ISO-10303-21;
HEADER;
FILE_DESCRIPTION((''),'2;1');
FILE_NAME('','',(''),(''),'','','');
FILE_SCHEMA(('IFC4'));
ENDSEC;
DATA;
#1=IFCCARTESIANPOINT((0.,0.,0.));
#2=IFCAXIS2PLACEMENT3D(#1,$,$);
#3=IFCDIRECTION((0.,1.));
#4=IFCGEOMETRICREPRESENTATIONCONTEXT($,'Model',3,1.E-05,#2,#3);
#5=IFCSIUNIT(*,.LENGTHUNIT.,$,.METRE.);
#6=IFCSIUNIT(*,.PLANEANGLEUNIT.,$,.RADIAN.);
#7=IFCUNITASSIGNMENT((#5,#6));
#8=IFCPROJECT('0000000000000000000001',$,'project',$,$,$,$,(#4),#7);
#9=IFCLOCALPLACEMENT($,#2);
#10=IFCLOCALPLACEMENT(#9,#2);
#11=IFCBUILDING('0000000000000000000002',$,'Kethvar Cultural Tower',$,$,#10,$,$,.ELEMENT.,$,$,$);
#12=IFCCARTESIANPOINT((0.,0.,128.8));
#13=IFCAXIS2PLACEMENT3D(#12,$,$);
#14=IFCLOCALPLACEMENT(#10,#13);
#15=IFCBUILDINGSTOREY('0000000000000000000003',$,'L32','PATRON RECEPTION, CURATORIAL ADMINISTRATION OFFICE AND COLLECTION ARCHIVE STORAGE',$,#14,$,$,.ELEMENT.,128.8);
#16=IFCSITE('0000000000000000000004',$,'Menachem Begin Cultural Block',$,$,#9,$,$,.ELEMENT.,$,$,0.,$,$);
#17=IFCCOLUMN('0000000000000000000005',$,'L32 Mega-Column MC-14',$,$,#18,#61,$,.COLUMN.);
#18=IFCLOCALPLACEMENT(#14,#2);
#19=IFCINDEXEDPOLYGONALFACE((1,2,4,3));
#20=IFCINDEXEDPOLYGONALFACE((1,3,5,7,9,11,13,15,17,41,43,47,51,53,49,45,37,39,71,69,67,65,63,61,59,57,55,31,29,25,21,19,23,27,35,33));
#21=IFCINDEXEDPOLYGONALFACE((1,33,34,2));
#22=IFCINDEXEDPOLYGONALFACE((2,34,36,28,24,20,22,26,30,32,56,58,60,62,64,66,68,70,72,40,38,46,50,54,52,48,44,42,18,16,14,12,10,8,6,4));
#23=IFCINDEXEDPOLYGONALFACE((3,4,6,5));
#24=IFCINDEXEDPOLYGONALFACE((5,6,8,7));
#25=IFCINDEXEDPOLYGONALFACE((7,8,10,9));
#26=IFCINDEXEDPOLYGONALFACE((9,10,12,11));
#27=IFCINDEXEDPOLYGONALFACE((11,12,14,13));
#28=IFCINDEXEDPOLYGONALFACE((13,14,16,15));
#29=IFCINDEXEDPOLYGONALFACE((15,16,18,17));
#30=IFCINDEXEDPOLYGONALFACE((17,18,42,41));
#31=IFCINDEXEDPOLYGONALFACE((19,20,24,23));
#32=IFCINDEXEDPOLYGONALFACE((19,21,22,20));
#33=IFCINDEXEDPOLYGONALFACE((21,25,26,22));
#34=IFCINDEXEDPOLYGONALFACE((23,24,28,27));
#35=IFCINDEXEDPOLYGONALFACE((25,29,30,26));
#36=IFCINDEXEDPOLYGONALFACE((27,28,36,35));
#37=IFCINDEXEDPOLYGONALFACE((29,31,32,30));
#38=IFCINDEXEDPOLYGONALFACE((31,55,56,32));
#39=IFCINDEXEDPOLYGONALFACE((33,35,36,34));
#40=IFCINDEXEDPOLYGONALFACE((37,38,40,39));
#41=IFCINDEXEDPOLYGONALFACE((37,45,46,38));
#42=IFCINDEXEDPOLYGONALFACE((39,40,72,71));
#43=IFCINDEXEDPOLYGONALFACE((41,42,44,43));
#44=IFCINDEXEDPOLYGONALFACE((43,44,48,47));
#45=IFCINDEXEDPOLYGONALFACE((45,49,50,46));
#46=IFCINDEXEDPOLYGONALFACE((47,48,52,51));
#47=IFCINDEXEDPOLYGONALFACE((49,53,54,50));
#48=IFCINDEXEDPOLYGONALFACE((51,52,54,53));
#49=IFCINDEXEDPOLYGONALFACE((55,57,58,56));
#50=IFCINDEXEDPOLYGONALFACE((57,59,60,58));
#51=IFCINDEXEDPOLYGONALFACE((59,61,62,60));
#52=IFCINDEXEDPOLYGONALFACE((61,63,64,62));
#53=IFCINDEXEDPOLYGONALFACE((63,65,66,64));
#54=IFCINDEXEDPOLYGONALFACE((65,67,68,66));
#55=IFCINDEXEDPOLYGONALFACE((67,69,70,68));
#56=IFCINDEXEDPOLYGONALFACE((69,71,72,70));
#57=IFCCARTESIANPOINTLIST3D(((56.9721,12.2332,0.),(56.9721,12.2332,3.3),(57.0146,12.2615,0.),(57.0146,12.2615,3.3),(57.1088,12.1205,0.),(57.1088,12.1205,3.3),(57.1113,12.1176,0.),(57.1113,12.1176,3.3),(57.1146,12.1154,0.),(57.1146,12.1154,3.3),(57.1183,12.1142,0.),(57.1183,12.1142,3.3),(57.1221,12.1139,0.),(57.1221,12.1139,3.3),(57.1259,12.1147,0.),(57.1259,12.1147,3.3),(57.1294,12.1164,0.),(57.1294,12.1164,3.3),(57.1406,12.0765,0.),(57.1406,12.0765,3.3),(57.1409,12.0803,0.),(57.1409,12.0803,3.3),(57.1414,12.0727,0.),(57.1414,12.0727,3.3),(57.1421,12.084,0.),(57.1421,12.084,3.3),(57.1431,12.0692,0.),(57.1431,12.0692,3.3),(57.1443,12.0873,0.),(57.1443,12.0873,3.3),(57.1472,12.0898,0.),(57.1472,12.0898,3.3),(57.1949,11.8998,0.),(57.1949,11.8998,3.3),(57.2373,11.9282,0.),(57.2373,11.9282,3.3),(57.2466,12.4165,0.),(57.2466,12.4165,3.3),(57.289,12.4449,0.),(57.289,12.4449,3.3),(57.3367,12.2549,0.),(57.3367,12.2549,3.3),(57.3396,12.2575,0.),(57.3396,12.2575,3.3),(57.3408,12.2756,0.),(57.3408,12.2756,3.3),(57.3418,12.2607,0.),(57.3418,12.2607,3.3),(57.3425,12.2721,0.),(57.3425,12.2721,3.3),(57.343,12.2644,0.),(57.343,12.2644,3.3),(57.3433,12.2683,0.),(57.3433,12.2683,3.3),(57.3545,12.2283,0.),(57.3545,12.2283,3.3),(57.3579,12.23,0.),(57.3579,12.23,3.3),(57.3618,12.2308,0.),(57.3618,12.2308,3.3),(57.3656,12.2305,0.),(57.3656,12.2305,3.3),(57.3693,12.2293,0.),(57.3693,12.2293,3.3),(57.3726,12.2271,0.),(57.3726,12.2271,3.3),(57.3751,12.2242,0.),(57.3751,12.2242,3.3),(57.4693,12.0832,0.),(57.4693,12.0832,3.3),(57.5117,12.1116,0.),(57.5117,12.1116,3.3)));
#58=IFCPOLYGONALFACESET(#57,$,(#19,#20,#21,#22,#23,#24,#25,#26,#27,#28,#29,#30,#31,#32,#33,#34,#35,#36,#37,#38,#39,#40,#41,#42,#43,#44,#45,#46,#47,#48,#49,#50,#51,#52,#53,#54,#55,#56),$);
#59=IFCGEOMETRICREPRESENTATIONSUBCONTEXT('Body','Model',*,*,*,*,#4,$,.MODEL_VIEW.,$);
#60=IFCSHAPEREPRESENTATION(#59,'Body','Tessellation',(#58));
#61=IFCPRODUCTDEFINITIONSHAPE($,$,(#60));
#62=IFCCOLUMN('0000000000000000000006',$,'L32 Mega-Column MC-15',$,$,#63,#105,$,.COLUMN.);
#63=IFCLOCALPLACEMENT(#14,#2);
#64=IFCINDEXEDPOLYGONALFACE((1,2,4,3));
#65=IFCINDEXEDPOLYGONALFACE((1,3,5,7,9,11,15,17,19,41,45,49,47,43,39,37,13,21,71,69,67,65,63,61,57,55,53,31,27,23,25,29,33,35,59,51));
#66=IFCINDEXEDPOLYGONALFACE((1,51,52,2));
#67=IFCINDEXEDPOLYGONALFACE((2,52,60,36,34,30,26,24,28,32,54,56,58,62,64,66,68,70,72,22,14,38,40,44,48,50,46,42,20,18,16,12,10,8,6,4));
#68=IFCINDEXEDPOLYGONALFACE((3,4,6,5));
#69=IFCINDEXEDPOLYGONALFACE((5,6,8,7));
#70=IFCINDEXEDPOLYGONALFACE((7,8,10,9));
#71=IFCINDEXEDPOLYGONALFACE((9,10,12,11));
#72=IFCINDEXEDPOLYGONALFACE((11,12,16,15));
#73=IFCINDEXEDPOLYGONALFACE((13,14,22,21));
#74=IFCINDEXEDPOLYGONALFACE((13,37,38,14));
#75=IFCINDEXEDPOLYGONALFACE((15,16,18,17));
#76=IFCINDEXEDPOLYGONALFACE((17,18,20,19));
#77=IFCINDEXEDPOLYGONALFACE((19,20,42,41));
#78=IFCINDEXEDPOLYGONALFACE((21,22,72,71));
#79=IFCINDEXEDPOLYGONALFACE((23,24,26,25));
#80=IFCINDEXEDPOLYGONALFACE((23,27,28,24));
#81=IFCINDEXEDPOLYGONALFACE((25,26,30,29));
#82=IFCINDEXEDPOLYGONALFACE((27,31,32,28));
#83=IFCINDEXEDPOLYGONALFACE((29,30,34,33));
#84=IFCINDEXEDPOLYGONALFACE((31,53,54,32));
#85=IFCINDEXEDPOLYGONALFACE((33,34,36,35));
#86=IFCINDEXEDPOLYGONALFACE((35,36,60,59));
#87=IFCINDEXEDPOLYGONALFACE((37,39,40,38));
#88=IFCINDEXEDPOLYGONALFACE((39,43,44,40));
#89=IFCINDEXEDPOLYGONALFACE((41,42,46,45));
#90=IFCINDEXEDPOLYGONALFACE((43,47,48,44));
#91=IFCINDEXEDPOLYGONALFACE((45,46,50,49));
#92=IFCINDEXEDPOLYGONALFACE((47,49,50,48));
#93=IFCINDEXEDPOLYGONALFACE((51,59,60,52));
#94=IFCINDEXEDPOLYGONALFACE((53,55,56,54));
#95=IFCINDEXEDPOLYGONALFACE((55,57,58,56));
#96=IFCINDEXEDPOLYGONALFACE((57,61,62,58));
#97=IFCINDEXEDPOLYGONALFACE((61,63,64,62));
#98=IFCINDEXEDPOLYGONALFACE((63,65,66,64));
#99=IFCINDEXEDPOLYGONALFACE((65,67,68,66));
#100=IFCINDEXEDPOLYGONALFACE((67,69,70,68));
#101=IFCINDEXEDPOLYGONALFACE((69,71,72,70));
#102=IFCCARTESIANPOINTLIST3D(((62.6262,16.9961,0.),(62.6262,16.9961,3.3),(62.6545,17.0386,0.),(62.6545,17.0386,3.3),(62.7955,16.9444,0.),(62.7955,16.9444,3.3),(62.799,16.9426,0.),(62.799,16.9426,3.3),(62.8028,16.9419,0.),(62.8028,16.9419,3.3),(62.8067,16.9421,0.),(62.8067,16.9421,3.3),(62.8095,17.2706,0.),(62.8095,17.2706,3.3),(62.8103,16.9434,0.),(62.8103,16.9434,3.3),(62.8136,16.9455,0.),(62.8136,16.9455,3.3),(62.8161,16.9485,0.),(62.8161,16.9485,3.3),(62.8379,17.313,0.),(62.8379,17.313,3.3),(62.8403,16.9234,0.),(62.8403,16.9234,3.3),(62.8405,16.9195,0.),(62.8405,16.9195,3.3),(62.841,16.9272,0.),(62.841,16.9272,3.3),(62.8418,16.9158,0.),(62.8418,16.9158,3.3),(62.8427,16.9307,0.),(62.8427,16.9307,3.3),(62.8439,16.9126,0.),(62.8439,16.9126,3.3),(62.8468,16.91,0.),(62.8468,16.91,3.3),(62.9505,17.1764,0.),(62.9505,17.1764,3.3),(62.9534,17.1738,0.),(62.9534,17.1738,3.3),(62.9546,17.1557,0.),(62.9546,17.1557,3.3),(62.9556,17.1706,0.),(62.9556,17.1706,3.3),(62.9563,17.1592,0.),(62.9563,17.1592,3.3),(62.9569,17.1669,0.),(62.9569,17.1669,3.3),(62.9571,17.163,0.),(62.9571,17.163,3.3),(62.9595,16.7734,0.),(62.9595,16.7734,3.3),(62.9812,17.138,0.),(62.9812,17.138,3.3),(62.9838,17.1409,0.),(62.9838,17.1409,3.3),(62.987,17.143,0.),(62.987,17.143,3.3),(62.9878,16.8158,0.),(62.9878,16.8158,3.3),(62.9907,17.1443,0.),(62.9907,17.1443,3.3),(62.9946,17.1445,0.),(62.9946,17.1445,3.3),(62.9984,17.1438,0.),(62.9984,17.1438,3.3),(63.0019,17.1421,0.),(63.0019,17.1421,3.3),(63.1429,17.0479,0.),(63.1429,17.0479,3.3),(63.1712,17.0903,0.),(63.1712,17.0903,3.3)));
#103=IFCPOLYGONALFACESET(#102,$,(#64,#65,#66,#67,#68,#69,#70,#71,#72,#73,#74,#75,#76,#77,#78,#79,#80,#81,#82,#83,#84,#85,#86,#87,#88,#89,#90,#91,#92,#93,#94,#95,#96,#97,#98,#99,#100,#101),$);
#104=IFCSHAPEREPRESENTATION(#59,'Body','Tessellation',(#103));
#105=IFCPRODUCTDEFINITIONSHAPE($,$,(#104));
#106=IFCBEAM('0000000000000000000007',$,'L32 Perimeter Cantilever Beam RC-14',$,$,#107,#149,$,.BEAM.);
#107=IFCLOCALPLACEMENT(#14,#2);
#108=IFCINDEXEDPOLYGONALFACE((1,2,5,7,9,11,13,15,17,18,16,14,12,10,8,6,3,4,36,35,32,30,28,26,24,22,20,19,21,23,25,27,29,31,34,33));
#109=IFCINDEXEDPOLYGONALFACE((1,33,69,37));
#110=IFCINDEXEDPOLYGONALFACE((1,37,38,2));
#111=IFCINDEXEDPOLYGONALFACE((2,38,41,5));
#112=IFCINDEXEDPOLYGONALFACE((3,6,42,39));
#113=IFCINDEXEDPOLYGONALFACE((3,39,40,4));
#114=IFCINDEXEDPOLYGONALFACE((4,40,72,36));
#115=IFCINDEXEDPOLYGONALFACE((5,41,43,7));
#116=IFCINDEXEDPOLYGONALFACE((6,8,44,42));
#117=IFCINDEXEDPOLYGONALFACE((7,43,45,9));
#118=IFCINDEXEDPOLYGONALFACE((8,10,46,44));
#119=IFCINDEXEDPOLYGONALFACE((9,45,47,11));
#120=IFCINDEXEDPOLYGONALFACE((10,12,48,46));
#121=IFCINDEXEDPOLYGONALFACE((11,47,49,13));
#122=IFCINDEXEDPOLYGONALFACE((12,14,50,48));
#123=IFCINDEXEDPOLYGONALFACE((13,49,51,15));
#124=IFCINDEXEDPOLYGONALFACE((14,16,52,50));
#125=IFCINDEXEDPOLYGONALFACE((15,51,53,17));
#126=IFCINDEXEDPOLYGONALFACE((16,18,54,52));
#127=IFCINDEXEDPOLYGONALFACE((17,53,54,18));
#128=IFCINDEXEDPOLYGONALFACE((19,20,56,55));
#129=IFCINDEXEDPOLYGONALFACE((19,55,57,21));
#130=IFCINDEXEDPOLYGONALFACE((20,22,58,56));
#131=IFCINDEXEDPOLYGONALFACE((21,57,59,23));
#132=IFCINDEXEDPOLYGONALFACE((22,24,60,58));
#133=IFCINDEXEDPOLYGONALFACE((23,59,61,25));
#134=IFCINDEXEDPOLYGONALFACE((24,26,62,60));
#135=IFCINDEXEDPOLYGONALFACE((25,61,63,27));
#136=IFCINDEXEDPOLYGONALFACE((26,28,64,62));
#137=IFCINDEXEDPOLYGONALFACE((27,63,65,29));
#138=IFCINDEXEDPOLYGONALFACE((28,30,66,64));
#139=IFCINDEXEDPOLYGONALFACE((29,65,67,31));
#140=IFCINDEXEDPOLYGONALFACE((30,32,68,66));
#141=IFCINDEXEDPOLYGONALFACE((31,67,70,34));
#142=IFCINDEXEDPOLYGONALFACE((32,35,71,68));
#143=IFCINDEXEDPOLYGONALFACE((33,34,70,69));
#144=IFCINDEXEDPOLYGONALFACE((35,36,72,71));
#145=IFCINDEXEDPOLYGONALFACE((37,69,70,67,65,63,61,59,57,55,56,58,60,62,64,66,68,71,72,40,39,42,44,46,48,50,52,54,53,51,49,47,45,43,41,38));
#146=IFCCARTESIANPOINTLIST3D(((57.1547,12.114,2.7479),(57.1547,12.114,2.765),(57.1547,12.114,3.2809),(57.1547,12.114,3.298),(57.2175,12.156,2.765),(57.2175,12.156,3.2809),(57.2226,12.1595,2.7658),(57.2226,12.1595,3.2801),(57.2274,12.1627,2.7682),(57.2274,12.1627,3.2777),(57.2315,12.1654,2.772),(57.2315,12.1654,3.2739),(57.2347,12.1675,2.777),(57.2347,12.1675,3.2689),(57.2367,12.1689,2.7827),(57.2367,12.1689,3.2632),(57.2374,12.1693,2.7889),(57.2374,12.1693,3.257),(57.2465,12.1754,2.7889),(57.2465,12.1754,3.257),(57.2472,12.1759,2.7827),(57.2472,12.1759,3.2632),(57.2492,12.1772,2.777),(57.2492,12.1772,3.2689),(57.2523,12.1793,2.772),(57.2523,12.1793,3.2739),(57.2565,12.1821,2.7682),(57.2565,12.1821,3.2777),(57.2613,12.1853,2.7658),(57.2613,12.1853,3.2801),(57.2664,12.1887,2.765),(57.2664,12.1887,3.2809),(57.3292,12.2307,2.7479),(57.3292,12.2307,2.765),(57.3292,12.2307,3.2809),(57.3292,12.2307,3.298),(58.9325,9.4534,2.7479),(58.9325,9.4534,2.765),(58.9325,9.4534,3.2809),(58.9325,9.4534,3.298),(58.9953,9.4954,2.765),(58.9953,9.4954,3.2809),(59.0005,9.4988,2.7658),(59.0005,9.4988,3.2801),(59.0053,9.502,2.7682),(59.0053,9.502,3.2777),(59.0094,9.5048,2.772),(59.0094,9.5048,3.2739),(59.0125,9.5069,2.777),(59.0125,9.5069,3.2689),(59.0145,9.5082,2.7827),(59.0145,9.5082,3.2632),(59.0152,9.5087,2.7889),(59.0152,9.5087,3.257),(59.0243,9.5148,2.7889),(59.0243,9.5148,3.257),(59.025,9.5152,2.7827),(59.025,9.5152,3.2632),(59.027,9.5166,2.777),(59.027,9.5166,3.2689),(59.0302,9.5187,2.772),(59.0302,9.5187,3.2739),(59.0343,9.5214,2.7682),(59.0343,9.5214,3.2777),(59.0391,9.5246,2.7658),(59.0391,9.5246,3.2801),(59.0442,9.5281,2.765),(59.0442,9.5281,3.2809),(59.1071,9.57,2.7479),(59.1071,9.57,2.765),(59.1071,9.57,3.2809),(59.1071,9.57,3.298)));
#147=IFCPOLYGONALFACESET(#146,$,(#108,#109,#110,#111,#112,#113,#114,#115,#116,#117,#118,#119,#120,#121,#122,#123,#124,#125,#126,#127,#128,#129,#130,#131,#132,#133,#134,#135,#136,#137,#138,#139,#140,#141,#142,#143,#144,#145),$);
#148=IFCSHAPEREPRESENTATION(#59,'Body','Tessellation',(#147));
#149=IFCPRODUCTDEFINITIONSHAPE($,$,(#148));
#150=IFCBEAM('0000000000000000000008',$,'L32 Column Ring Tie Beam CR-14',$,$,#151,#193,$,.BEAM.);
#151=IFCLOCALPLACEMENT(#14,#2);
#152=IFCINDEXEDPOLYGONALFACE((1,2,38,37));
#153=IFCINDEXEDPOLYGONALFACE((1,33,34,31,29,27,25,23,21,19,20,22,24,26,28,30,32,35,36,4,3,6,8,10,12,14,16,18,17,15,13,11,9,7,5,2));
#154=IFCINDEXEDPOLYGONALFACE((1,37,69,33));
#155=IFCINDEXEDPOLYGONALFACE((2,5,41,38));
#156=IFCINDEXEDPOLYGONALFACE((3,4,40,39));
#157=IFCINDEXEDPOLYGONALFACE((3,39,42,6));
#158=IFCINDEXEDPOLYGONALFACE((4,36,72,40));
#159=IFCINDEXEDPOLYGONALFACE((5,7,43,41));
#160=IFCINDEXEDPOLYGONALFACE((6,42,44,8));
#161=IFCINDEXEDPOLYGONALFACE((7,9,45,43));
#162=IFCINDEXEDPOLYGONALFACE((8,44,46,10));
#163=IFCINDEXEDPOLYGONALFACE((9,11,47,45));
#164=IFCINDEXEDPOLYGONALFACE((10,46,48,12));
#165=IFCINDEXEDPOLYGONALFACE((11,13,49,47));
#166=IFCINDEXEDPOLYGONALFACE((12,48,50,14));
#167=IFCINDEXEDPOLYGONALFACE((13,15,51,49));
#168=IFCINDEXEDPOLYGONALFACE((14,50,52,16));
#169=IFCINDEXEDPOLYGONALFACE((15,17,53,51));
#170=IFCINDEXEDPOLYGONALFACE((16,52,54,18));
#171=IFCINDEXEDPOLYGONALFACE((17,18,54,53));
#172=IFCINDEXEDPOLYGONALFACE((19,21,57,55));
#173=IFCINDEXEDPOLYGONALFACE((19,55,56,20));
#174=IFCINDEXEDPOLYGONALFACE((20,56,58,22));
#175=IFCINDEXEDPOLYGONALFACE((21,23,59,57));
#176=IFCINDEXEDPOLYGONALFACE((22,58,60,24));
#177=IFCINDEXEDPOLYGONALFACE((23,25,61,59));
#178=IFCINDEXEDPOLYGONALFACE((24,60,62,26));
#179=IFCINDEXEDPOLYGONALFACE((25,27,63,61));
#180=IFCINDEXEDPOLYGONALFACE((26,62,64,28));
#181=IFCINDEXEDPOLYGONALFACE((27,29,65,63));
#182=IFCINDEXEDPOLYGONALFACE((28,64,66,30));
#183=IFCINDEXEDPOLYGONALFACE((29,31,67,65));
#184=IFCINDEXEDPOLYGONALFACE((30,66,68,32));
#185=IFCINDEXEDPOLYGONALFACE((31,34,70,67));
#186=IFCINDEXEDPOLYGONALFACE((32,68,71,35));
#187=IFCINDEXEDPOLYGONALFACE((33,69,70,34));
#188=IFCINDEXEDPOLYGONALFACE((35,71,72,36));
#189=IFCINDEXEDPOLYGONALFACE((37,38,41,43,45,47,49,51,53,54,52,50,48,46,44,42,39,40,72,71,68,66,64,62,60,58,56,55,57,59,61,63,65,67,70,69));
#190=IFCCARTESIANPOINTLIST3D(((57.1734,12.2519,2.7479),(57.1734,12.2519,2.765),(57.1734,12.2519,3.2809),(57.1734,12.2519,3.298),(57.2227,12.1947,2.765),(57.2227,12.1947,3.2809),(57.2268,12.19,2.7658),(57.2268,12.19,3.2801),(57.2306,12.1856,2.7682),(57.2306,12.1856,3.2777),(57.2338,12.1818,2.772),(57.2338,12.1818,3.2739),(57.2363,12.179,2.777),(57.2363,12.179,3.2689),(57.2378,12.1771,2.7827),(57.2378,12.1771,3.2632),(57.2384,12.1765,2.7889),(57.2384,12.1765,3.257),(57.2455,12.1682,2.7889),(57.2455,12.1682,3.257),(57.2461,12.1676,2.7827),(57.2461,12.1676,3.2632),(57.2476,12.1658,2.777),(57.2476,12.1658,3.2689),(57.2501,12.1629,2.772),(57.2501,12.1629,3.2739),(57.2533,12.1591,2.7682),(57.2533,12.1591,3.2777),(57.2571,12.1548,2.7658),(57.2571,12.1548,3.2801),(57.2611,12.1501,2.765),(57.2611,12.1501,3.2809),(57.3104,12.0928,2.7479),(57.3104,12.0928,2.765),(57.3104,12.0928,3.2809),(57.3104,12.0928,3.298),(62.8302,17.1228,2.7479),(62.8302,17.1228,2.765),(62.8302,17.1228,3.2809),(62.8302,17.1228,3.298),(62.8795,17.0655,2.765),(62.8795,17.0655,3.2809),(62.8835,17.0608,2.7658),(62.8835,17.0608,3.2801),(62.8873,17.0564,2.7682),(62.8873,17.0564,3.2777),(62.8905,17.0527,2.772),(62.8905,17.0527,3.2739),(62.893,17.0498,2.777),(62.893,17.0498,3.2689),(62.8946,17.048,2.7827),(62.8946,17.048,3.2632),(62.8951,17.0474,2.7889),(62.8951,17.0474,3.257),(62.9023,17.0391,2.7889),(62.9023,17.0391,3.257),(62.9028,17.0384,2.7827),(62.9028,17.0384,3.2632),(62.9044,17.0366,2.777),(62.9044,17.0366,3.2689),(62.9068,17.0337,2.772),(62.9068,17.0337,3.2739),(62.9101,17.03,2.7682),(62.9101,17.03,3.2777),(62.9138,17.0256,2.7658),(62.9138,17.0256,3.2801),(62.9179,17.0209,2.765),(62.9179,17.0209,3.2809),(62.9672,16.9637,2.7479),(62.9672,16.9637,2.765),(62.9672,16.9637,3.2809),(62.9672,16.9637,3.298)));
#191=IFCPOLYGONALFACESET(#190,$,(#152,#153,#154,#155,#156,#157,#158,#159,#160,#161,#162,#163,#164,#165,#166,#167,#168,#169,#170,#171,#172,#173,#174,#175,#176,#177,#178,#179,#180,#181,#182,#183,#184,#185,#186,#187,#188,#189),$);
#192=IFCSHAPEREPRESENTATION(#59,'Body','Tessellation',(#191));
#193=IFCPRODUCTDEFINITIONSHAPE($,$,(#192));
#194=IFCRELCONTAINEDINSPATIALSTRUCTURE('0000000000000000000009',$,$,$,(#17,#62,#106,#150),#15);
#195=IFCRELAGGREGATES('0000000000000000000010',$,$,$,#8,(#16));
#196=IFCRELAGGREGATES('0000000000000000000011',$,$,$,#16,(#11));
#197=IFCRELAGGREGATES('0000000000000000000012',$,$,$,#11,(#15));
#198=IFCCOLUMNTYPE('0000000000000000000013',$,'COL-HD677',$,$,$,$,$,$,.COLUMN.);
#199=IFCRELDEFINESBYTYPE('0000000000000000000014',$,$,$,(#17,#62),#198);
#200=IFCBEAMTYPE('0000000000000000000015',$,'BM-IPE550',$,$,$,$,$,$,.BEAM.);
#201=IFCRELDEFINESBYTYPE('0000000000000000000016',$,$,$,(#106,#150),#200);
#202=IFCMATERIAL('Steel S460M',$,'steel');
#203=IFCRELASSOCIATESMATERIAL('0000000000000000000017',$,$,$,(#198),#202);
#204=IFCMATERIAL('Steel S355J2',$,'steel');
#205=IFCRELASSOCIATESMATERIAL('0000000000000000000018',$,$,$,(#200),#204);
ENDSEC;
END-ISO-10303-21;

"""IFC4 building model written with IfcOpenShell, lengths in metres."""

from ifc_helpers import new_model, si_unit, direction, frame, origin, origin_2d, place, context, subcontext, project, spatial, i_section, extrude, source, transform, mapped, material, material_profile, profile_set, type_object, element, save


model = new_model("IFC4")

# Units and contexts
model_context = context("Model", 3, precision=1e-05, world=origin(), true_north=direction((0.0, 1.0)))
body_context = subcontext(model_context, "Body", "Model", "MODEL_VIEW")
ifc_project = project(units=[si_unit("LENGTHUNIT", "METRE"), si_unit("PLANEANGLEUNIT", "RADIAN")], contexts=[model_context])

# Site, building, storey
site_placement = place(None, origin())
site = spatial("IfcSite", under=ifc_project, at=site_placement, Name="Menachem Begin Cultural Block", CompositionType="ELEMENT", RefElevation=0.0)
building_placement = place(site_placement, origin())
building = spatial("IfcBuilding", under=site, at=building_placement, Name="Kethvar Cultural Tower", CompositionType="ELEMENT")
storey_placement = place(building_placement, frame((0.0, 0.0, 128.8)))
storey = spatial("IfcBuildingStorey", under=building, at=storey_placement, Name="L32", Description="PATRON RECEPTION, CURATORIAL ADMINISTRATION OFFICE AND COLLECTION ARCHIVE STORAGE", CompositionType="ELEMENT", Elevation=128.8)

# Columns
ifc_material_1 = material(Name="Steel S460M", Category="steel")
ifc_material_profile_1 = material_profile(ifc_material_1, i_section(OverallWidth=0.4009, OverallDepth=0.3811, WebThickness=0.032, FlangeThickness=0.051, FilletRadius=0.0149, at=origin_2d()), Name="Steel S460M — HD400x677")
ifc_profile_set_1 = profile_set([ifc_material_profile_1], Name="Steel S460M — HD400x677")
column_type = type_object("IfcColumnType", Name="COL-HD677", PredefinedType="COLUMN", material=ifc_profile_set_1)
shared_shape_1 = source(origin(), body_context, "Body", "SweptSolid", [
    extrude(i_section(OverallWidth=0.4009, OverallDepth=0.3811, WebThickness=0.032, FlangeThickness=0.051, FilletRadius=0.0149, at=origin_2d()), origin(), (0.0, 0.0, 1.0), 3.3),
])
for number, where, z_axis, x_axis, name in (
    (1, (57.2419, 12.1724, 0.0), (0.0, 0.0, 1.0), (0.55557, -0.83147, 0.0), "L32 Mega-Column MC-14"),
    (2, (62.8987, 17.0432, 0.0), (0.0, 0.0, 1.0), (0.83147, -0.55557, 0.0), "L32 Mega-Column MC-15"),
):
    element("IfcColumn", number, at=place(storey_placement, frame(where, z_axis=z_axis, x_axis=x_axis)), inside=storey, type_object=column_type, Name=name, PredefinedType="COLUMN", context=body_context, shape_type="MappedRepresentation", body=[
        mapped(shared_shape_1, transform((0.0, 0.0, 0.0), scale=1.0)),
    ])

# Beams
ifc_material_2 = material(Name="Steel S355J2", Category="steel")
ifc_material_profile_2 = material_profile(ifc_material_2, i_section(OverallWidth=0.21, OverallDepth=0.55, WebThickness=0.011, FlangeThickness=0.0171, FilletRadius=0.0239, at=origin_2d()), Name="Steel S355J2 — IPE550")
ifc_profile_set_2 = profile_set([ifc_material_profile_2], Name="Steel S355J2 — IPE550")
beam_type_1 = type_object("IfcBeamType", Name="BM-IPE550", PredefinedType="BEAM", material=ifc_profile_set_2)
shared_shape_2 = source(origin(), body_context, "Body", "SweptSolid", [
    extrude(i_section(OverallWidth=0.21, OverallDepth=0.55, WebThickness=0.011, FlangeThickness=0.0171, FilletRadius=0.0239, at=origin_2d()), origin(), (0.0, 0.0, 1.0), 3.2),
])
beam_1_placement = place(storey_placement, frame((57.2419, 12.1724, 3.0229), z_axis=(0.55558, -0.831463, 0.0), x_axis=(0.831463, 0.55558, 0.0)))
element("IfcBeam", 3, at=beam_1_placement, inside=storey, type_object=beam_type_1, Name="L32 Perimeter Cantilever Beam RC-14", PredefinedType="BEAM", context=body_context, shape_type="MappedRepresentation", body=[
    mapped(shared_shape_2, transform((0.0, 0.0, 0.0), scale=1.0)),
])
shared_shape_3 = source(origin(), body_context, "Body", "SweptSolid", [
    extrude(i_section(OverallWidth=0.21, OverallDepth=0.55, WebThickness=0.011, FlangeThickness=0.0171, FilletRadius=0.0239, at=origin_2d()), origin(), (0.0, 0.0, 1.0), 7.4648),
])
beam_2_placement = place(storey_placement, frame((57.2419, 12.1724, 3.0229), z_axis=(0.757784, 0.652505, 0.0), x_axis=(-0.652505, 0.757784, 0.0)))
element("IfcBeam", 4, at=beam_2_placement, inside=storey, type_object=beam_type_1, Name="L32 Column Ring Tie Beam CR-14", PredefinedType="BEAM", context=body_context, shape_type="MappedRepresentation", body=[
    mapped(shared_shape_3, transform((0.0, 0.0, 0.0), scale=1.0)),
])

save(model, "model.ifc")
